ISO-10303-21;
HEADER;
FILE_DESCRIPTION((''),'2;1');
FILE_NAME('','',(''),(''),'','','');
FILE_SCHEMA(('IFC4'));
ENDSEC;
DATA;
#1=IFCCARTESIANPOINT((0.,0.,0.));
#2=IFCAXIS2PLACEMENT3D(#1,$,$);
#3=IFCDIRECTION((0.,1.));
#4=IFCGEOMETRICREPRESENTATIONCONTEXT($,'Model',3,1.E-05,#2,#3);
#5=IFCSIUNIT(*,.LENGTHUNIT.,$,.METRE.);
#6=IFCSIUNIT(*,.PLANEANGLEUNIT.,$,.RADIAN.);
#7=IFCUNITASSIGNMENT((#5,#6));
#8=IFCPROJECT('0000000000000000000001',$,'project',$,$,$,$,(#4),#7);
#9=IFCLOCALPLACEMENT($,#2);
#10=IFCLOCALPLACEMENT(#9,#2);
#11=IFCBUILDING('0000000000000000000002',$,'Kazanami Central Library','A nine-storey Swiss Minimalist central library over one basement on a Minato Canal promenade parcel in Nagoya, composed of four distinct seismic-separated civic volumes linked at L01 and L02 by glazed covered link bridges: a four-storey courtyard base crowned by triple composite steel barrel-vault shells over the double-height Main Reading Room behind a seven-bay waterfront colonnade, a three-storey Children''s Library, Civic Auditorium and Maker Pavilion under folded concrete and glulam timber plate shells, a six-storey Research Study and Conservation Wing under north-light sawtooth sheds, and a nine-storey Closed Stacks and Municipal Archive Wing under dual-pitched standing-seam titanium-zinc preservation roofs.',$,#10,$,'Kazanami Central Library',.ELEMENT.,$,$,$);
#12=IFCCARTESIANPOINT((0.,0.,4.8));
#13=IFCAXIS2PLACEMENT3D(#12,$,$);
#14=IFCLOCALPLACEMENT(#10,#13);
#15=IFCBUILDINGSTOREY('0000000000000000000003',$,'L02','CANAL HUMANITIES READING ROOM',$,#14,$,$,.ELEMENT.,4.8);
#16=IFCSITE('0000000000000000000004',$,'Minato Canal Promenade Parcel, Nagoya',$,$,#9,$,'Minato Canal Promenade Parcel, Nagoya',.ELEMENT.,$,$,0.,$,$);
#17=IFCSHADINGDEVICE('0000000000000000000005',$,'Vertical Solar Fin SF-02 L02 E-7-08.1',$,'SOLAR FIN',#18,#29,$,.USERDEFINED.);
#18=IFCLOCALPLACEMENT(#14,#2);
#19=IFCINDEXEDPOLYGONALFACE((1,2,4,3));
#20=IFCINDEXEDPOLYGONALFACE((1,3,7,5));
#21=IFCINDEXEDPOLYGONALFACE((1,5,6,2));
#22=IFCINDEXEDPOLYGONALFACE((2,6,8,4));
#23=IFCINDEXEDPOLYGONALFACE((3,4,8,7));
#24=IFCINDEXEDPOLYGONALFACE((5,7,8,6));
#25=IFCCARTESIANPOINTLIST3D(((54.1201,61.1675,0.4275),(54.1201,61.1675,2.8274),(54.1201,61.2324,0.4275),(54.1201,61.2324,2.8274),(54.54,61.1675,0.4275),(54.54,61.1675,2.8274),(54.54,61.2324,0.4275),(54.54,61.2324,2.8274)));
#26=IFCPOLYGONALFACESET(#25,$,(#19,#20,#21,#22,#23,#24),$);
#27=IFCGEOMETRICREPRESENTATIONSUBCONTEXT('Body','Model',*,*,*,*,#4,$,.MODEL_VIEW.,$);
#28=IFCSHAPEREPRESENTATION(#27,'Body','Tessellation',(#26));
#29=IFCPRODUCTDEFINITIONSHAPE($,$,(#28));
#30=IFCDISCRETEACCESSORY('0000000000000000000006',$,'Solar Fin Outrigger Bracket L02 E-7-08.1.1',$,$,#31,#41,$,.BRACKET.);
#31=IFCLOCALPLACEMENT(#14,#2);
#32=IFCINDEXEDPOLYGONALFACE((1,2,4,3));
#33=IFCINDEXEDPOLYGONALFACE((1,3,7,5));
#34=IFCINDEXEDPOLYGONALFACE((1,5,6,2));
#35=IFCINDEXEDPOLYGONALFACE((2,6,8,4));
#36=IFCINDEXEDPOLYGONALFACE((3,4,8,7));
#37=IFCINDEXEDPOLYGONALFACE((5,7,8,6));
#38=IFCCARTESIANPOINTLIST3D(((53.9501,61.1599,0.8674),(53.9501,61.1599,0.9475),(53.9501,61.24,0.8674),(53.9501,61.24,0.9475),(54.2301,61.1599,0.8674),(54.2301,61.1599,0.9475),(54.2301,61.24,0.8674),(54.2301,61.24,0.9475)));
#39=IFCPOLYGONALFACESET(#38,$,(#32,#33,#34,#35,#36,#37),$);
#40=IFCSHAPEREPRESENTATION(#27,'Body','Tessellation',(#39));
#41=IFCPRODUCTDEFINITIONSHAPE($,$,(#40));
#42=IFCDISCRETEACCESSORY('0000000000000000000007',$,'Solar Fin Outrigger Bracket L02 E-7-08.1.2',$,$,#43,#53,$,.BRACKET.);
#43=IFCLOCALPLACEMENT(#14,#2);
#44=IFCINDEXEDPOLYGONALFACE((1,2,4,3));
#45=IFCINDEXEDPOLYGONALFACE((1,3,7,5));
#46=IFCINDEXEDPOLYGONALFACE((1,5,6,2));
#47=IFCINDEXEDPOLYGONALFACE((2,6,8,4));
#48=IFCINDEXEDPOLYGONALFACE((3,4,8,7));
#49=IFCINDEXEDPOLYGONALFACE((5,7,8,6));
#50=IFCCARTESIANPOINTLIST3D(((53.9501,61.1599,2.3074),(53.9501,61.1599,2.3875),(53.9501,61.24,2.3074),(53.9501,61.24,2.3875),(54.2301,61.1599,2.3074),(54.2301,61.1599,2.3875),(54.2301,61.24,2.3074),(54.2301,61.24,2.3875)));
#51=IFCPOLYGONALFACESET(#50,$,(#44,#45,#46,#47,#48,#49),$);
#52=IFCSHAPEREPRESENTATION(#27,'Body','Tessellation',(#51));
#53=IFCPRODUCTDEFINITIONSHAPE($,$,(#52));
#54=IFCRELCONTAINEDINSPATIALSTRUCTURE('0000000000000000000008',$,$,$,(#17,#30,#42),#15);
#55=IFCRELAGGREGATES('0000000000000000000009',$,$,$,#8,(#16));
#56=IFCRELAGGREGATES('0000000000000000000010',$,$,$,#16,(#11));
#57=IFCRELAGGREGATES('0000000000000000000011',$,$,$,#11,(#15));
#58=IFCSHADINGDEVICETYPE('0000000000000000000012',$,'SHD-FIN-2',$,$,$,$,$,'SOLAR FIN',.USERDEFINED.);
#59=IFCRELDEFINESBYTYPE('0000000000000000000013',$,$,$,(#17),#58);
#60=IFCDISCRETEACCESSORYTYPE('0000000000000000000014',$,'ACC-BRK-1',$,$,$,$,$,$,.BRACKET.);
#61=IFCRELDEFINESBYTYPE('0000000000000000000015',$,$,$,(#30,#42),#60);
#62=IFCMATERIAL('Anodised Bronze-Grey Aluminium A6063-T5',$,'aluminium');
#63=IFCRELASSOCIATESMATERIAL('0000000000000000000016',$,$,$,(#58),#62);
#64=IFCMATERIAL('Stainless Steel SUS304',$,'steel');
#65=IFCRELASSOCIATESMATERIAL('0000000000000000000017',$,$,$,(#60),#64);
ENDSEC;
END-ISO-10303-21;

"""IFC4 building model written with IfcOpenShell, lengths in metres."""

from ifc_helpers import new_model, si_unit, direction, frame, origin, origin_2d, place, context, subcontext, project, spatial, rectangle, extrude, material, type_object, element, save


model = new_model("IFC4")

# Units and contexts
model_context = context("Model", 3, precision=1e-05, world=origin(), true_north=direction((0.0, 1.0)))
body_context = subcontext(model_context, "Body", "Model", "MODEL_VIEW")
ifc_project = project(units=[si_unit("LENGTHUNIT", "METRE"), si_unit("PLANEANGLEUNIT", "RADIAN")], contexts=[model_context])

# Site, building, storey
site_placement = place(None, origin())
site = spatial("IfcSite", under=ifc_project, at=site_placement, Name="Minato Canal Promenade Parcel, Nagoya", LongName="Minato Canal Promenade Parcel, Nagoya", CompositionType="ELEMENT", RefElevation=0.0)
building_placement = place(site_placement, origin())
building = spatial("IfcBuilding", under=site, at=building_placement, Name="Kazanami Central Library", Description="A nine-storey Swiss Minimalist central library over one basement on a Minato Canal promenade parcel in Nagoya, composed of four distinct seismic-separated civic volumes linked at L01 and L02 by glazed covered link bridges: a four-storey courtyard base crowned by triple composite steel barrel-vault shells over the double-height Main Reading Room behind a seven-bay waterfront colonnade, a three-storey Children's Library, Civic Auditorium and Maker Pavilion under folded concrete and glulam timber plate shells, a six-storey Research Study and Conservation Wing under north-light sawtooth sheds, and a nine-storey Closed Stacks and Municipal Archive Wing under dual-pitched standing-seam titanium-zinc preservation roofs.", LongName="Kazanami Central Library", CompositionType="ELEMENT")
storey_placement = place(building_placement, frame((0.0, 0.0, 4.8)))
storey = spatial("IfcBuildingStorey", under=building, at=storey_placement, Name="L02", Description="CANAL HUMANITIES READING ROOM", CompositionType="ELEMENT", Elevation=4.8)

# Shading device
ifc_material_1 = material(Name="Anodised Bronze-Grey Aluminium A6063-T5", Category="aluminium")
shading_device_type = type_object("IfcShadingDeviceType", Name="SHD-FIN-2", ElementType="SOLAR FIN", PredefinedType="USERDEFINED", material=ifc_material_1)
shading_device_placement = place(storey_placement, frame((54.3301, 61.2, 0.4275), z_axis=(0.0, 0.0, 1.0), x_axis=(0.0, -1.0, 0.0)))
element("IfcShadingDevice", 1, at=shading_device_placement, inside=storey, type_object=shading_device_type, Name="Vertical Solar Fin SF-02 L02 E-7-08.1", ObjectType="SOLAR FIN", PredefinedType="USERDEFINED", context=body_context, shape_type="SweptSolid", body=[
    extrude(rectangle(XDim=0.0649, YDim=0.4199, at=origin_2d()), origin(), (0.0, 0.0, 1.0), 2.3999),
])

# Discrete accessories
ifc_material_2 = material(Name="Stainless Steel SUS304", Category="steel")
discrete_accessory_type = type_object("IfcDiscreteAccessoryType", Name="ACC-BRK-1", PredefinedType="BRACKET", material=ifc_material_2)
for number, where, z_axis, x_axis, name in (
    (2, (54.0901, 61.2, 0.8674), (0.0, 0.0, 1.0), (0.0, -1.0, 0.0), "Solar Fin Outrigger Bracket L02 E-7-08.1.1"),
    (3, (54.0901, 61.2, 2.3074), (0.0, 0.0, 1.0), (0.0, -1.0, 0.0), "Solar Fin Outrigger Bracket L02 E-7-08.1.2"),
):
    element("IfcDiscreteAccessory", number, at=place(storey_placement, frame(where, z_axis=z_axis, x_axis=x_axis)), inside=storey, type_object=discrete_accessory_type, Name=name, PredefinedType="BRACKET", context=body_context, shape_type="SweptSolid", body=[
        extrude(rectangle(XDim=0.0801, YDim=0.28, at=origin_2d()), origin(), (0.0, 0.0, 1.0), 0.0801),
    ])

save(model, "model.ifc")
